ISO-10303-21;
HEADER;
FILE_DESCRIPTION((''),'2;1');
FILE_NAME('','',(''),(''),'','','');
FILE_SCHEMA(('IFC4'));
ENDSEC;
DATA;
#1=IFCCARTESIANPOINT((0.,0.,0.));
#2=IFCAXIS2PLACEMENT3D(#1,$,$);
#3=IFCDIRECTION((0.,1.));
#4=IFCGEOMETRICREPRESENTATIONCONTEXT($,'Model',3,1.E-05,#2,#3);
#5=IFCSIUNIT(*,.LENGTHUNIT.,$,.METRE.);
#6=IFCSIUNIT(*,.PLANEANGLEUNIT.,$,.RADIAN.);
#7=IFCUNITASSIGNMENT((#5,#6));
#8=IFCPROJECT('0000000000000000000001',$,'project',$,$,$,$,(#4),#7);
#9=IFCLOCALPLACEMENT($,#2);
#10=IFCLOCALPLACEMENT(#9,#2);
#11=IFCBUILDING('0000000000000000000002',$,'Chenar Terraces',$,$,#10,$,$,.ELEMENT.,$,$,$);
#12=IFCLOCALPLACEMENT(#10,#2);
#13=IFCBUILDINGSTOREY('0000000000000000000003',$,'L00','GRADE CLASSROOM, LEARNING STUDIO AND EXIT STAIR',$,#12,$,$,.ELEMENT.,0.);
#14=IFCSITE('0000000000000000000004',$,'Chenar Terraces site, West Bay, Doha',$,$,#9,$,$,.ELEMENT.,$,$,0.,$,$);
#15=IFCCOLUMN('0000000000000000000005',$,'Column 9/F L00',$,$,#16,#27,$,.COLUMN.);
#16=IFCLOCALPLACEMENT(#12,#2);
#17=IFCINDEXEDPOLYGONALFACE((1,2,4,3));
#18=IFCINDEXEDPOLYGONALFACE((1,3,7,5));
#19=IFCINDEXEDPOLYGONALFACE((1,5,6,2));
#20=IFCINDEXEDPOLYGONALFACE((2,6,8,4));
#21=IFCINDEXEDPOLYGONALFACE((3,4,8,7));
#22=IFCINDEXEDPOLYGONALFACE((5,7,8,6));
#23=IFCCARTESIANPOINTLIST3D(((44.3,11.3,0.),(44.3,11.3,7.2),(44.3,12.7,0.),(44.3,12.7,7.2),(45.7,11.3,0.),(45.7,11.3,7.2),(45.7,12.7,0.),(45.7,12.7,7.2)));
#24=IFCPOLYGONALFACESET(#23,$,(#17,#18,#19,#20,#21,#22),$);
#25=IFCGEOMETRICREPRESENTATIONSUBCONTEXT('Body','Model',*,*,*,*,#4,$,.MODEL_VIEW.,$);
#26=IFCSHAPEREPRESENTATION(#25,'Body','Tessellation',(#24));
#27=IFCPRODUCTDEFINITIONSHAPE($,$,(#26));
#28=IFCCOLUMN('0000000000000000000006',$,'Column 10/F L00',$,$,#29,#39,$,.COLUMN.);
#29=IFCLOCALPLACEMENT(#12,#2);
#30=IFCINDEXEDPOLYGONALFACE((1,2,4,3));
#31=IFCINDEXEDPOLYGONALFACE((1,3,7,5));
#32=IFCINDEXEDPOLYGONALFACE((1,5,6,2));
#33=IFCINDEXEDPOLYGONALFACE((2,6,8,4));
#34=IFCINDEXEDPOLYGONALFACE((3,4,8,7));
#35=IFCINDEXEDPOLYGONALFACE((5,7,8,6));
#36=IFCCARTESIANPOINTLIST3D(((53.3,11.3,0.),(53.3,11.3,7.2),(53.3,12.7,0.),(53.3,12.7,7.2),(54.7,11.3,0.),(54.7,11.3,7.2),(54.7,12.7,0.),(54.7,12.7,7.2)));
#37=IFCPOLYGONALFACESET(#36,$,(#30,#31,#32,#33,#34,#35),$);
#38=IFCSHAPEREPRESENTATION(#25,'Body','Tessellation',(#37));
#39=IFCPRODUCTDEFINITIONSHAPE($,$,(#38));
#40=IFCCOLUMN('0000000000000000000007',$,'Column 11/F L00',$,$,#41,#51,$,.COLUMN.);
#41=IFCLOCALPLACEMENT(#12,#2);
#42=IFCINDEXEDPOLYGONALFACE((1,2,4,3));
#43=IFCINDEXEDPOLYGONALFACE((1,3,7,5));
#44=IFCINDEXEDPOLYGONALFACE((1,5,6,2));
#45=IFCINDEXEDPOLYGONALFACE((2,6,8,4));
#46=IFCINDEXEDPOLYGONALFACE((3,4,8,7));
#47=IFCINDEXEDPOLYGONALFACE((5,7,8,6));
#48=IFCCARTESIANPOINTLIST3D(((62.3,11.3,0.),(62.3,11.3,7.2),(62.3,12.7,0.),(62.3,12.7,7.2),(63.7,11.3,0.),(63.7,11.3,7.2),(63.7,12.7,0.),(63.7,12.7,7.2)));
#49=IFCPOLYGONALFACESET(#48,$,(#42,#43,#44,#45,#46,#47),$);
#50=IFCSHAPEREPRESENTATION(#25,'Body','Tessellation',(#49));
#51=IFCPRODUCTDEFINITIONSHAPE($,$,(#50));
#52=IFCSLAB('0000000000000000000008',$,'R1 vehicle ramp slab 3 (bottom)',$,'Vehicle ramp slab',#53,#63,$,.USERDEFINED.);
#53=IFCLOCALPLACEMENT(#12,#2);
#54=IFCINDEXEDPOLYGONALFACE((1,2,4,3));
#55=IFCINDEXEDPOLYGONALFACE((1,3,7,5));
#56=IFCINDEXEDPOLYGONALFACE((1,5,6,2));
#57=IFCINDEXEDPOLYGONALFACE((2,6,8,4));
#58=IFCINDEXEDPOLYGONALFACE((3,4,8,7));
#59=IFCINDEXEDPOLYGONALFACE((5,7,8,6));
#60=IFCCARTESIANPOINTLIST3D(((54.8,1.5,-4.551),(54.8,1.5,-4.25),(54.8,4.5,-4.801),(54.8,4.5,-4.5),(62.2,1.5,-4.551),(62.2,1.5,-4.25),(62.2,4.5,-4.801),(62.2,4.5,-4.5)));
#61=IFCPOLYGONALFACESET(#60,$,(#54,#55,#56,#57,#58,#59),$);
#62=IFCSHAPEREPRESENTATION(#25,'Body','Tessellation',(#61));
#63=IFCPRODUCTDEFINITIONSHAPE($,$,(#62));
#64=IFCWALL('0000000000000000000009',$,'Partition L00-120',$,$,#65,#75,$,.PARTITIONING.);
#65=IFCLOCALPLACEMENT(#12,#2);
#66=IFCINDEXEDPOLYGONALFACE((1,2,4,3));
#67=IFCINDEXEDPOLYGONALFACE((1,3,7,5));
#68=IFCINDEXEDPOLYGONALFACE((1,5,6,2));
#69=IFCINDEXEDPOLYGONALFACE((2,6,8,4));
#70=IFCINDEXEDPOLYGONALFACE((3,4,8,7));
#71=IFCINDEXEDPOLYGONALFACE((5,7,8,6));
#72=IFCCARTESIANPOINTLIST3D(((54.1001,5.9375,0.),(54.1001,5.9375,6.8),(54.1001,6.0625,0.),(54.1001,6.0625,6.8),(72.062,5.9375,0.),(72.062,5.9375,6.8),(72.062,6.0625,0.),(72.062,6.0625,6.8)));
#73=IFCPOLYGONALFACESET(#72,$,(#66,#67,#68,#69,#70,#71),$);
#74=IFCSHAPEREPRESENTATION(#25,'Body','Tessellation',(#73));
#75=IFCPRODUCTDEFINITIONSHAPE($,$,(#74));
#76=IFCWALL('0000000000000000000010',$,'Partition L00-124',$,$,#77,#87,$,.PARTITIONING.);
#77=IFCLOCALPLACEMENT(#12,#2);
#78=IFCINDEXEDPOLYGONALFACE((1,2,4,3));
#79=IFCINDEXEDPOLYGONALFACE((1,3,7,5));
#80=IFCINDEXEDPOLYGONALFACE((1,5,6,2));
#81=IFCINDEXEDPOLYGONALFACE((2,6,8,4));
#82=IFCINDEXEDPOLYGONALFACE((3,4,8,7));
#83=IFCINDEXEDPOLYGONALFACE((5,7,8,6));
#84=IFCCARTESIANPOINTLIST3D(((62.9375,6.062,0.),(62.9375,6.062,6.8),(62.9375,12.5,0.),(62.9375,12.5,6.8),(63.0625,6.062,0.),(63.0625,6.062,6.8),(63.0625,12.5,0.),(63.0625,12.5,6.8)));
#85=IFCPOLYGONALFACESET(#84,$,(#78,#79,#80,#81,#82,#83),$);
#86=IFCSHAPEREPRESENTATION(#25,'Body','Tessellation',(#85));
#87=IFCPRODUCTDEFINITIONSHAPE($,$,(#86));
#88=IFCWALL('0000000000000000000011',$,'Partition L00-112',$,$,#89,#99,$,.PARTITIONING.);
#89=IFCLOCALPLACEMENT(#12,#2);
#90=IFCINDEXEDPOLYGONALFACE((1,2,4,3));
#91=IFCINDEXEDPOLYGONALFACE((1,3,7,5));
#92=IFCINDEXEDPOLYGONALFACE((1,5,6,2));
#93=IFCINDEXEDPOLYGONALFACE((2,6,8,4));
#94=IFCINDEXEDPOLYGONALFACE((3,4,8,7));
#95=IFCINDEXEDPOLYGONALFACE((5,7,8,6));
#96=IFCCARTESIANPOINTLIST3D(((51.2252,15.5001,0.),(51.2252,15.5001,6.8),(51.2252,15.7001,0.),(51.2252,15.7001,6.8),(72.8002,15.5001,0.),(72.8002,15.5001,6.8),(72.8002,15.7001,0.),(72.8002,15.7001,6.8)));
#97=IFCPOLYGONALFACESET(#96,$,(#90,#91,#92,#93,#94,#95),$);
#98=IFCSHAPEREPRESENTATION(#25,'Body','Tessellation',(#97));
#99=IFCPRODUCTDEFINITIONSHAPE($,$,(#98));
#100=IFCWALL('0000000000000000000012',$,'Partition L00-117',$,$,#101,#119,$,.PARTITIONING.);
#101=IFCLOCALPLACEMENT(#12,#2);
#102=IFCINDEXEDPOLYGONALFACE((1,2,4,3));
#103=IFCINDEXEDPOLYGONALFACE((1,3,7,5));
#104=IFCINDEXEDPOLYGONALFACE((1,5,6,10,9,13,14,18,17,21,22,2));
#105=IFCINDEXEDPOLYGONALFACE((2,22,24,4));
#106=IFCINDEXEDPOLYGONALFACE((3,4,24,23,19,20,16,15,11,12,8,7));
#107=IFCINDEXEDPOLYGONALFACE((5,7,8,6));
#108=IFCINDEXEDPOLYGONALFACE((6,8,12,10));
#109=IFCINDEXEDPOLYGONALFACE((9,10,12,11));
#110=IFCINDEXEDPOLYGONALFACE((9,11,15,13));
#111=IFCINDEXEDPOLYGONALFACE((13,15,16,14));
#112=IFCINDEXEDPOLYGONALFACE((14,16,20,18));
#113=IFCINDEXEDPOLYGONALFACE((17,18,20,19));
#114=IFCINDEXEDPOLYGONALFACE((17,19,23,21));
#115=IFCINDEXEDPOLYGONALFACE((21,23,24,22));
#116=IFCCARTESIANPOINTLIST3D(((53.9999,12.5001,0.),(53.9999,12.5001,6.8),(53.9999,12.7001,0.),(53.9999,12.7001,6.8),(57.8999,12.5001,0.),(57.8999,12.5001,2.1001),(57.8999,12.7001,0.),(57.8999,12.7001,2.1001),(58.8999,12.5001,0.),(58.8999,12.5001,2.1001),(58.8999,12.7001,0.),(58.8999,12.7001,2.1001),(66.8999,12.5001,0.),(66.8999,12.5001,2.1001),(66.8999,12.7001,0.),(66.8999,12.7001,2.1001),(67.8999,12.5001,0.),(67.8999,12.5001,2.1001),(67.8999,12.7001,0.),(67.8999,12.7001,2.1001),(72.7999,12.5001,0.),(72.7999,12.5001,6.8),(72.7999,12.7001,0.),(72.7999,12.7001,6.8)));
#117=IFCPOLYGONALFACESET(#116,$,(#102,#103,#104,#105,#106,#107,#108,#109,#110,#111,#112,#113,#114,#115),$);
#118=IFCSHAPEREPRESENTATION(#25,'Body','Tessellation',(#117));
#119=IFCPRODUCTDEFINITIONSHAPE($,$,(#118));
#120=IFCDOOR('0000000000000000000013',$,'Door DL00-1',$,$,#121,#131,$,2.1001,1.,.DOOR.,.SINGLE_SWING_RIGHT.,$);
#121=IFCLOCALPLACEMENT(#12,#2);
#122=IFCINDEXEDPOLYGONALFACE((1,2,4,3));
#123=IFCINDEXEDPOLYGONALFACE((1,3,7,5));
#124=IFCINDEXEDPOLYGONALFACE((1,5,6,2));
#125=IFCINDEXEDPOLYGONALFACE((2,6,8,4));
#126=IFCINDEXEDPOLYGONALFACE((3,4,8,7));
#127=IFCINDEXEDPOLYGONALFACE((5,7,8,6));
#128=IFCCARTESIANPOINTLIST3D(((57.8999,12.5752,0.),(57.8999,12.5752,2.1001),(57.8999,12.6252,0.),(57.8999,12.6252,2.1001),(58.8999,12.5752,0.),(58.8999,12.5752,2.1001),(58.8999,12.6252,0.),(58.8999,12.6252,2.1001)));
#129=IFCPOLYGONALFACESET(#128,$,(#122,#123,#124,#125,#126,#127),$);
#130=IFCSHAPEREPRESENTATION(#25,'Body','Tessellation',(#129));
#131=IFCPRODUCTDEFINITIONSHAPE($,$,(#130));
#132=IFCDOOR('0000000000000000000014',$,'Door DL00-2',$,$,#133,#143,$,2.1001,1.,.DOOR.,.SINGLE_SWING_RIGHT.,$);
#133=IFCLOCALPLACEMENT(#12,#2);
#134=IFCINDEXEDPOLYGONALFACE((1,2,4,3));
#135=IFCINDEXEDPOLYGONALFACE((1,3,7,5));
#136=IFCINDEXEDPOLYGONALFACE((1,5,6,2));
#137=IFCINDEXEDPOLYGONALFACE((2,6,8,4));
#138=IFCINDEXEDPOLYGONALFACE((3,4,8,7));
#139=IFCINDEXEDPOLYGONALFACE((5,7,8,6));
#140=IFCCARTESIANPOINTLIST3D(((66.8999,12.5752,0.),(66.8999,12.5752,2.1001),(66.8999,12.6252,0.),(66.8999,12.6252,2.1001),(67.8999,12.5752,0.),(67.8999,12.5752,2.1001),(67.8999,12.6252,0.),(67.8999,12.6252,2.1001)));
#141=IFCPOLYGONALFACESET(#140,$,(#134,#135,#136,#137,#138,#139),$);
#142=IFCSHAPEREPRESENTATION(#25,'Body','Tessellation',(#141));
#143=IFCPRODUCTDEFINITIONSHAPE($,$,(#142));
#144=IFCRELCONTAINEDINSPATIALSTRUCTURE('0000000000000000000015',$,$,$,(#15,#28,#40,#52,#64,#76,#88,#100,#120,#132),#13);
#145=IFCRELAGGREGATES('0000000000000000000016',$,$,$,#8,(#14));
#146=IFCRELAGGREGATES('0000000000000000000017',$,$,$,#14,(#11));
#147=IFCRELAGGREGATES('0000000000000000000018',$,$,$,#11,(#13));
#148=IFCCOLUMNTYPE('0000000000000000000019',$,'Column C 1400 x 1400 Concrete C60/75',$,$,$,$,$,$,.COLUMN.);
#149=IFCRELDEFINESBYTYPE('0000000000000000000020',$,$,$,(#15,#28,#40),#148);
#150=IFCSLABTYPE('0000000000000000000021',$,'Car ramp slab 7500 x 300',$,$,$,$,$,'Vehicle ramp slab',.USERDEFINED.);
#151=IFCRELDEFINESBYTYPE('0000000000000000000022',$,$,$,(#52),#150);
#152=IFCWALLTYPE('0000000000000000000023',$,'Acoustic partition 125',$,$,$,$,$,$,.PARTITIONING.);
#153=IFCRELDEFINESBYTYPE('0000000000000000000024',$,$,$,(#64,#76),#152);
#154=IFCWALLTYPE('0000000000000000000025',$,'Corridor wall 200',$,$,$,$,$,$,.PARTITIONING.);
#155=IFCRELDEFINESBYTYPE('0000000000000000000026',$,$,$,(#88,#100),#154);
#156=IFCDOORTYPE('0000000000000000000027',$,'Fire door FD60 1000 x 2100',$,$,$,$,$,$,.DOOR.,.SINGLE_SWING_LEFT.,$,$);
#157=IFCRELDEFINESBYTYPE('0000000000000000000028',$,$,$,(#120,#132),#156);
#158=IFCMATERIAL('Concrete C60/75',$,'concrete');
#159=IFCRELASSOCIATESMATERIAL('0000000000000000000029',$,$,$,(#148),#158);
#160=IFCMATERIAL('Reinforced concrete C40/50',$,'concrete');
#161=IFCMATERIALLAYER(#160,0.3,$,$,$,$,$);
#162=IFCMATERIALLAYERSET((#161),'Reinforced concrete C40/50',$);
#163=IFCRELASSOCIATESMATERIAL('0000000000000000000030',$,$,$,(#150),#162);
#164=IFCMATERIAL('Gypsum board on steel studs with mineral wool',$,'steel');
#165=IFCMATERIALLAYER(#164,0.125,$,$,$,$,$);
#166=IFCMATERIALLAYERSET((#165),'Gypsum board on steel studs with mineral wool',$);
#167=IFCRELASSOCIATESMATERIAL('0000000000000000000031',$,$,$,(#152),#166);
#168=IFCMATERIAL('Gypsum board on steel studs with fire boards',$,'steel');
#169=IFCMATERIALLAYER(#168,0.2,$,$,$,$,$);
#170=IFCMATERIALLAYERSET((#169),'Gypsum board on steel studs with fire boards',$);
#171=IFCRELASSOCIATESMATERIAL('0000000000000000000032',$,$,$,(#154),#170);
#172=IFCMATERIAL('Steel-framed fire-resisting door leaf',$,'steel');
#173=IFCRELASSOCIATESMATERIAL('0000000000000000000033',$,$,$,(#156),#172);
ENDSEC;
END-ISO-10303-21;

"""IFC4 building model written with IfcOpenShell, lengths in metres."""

from ifc_helpers import new_model, si_unit, direction, frame, frame_2d, origin, origin_2d, place, context, subcontext, project, spatial, polyline, rectangle, outline, extrude, material, layer, layer_set, material_profile, profile_set, type_object, element, fill, save


model = new_model("IFC4")

# Units and contexts
model_context = context("Model", 3, precision=1e-05, world=origin(), true_north=direction((0.0, 1.0)))
body_context = subcontext(model_context, "Body", "Model", "MODEL_VIEW")
ifc_project = project(units=[si_unit("LENGTHUNIT", "METRE"), si_unit("PLANEANGLEUNIT", "RADIAN")], contexts=[model_context])

# Site, building, storey
site_placement = place(None, origin())
site = spatial("IfcSite", under=ifc_project, at=site_placement, Name="Chenar Terraces site, West Bay, Doha", CompositionType="ELEMENT", RefElevation=0.0)
building_placement = place(site_placement, origin())
building = spatial("IfcBuilding", under=site, at=building_placement, Name="Chenar Terraces", CompositionType="ELEMENT")
storey_placement = place(building_placement, origin())
storey = spatial("IfcBuildingStorey", under=building, at=storey_placement, Name="L00", Description="GRADE CLASSROOM, LEARNING STUDIO AND EXIT STAIR", CompositionType="ELEMENT", Elevation=0.0)

# Columns
ifc_material_1 = material(Name="Concrete C60/75", Category="concrete")
ifc_material_profile = material_profile(ifc_material_1, rectangle(XDim=1.3999, YDim=1.3999, at=origin_2d()), Name="C 1400 x 1400")
ifc_profile_set = profile_set([ifc_material_profile], Name="Concrete C60/75")
column_type = type_object("IfcColumnType", Name="Column C 1400 x 1400 Concrete C60/75", PredefinedType="COLUMN", material=ifc_profile_set)
for number, where, z_axis, x_axis, name in (
    (1, (45.0, 12.0, 0.0), (0.0, 0.0, 1.0), (1.0, 0.0, 0.0), "Column 9/F L00"),
    (2, (54.0, 12.0, 0.0), (0.0, 0.0, 1.0), (1.0, 0.0, 0.0), "Column 10/F L00"),
    (3, (63.0, 12.0, 0.0), (0.0, 0.0, 1.0), (1.0, 0.0, 0.0), "Column 11/F L00"),
):
    element("IfcColumn", number, at=place(storey_placement, frame(where, z_axis=z_axis, x_axis=x_axis)), inside=storey, type_object=column_type, Name=name, PredefinedType="COLUMN", context=body_context, shape_type="SweptSolid", body=[
        extrude(rectangle(XDim=1.3999, YDim=1.3999, at=origin_2d()), origin(), (0.0, 0.0, 1.0), 7.2),
    ])

# Slab
ifc_material_2 = material(Name="Reinforced concrete C40/50", Category="concrete")
ifc_layer_1 = layer(ifc_material_2, 0.3)
ifc_layer_set_1 = layer_set([ifc_layer_1], Name="Reinforced concrete C40/50")
slab_type = type_object("IfcSlabType", Name="Car ramp slab 7500 x 300", ElementType="Vehicle ramp slab", PredefinedType="USERDEFINED", material=ifc_layer_set_1)
slab_placement = place(storey_placement, frame((54.8, 1.5, -4.25), z_axis=(0.0, 0.083045, 0.996546), x_axis=(0.0, 0.996546, -0.083045)))
element("IfcSlab", 4, at=slab_placement, inside=storey, type_object=slab_type, Name="R1 vehicle ramp slab 3 (bottom)", ObjectType="Vehicle ramp slab", PredefinedType="USERDEFINED", context=body_context, shape_type="SweptSolid", body=[
    extrude(outline(polyline([(0.0, 0.0), (3.0104, 0.0), (3.0104, -7.3999), (0.0, -7.3999), (0.0, 0.0)])), origin(), (0.083045, 0.0, -0.996546), 0.301),
])

# Walls
ifc_material_3 = material(Name="Gypsum board on steel studs with mineral wool", Category="steel")
ifc_layer_2 = layer(ifc_material_3, 0.125)
ifc_layer_set_2 = layer_set([ifc_layer_2], Name="Gypsum board on steel studs with mineral wool")
wall_type_1 = type_object("IfcWallType", Name="Acoustic partition 125", PredefinedType="PARTITIONING", material=ifc_layer_set_2)
wall_1_placement = place(storey_placement, frame((54.1001, 6.0, 0.0), z_axis=(0.0, 0.0, 1.0), x_axis=(1.0, 0.0, 0.0)))
element("IfcWall", 5, at=wall_1_placement, inside=storey, type_object=wall_type_1, Name="Partition L00-120", PredefinedType="PARTITIONING", context=body_context, shape_type="SweptSolid", body=[
    extrude(rectangle(XDim=17.9619, YDim=0.125, at=frame_2d((8.981, 0.0))), origin(), (0.0, 0.0, 1.0), 6.8),
])
wall_2_placement = place(storey_placement, frame((63.0, 6.062, 0.0), z_axis=(0.0, 0.0, 1.0), x_axis=(0.0, 1.0, 0.0)))
element("IfcWall", 6, at=wall_2_placement, inside=storey, type_object=wall_type_1, Name="Partition L00-124", PredefinedType="PARTITIONING", context=body_context, shape_type="SweptSolid", body=[
    extrude(rectangle(XDim=6.438, YDim=0.125, at=frame_2d((3.219, 0.0))), origin(), (0.0, 0.0, 1.0), 6.8),
])
ifc_material_4 = material(Name="Gypsum board on steel studs with fire boards", Category="steel")
ifc_layer_3 = layer(ifc_material_4, 0.2)
ifc_layer_set_3 = layer_set([ifc_layer_3], Name="Gypsum board on steel studs with fire boards")
wall_type_2 = type_object("IfcWallType", Name="Corridor wall 200", PredefinedType="PARTITIONING", material=ifc_layer_set_3)
wall_3_placement = place(storey_placement, frame((51.2251, 15.6001, 0.0), z_axis=(0.0, 0.0, 1.0), x_axis=(1.0, 0.0, 0.0)))
element("IfcWall", 7, at=wall_3_placement, inside=storey, type_object=wall_type_2, Name="Partition L00-112", PredefinedType="PARTITIONING", context=body_context, shape_type="SweptSolid", body=[
    extrude(rectangle(XDim=21.575, YDim=0.2, at=frame_2d((10.7876, 0.0))), origin(), (0.0, 0.0, 1.0), 6.8),
])

# Wall, openings, doors
wall_4_placement = place(storey_placement, frame((54.0, 12.6001, 0.0), z_axis=(0.0, 0.0, 1.0), x_axis=(1.0, 0.0, 0.0)))
wall_4 = element("IfcWall", 8, at=wall_4_placement, inside=storey, type_object=wall_type_2, Name="Partition L00-117", PredefinedType="PARTITIONING", context=body_context, shape_type="SweptSolid", body=[
    extrude(rectangle(XDim=18.8, YDim=0.2, at=frame_2d((9.3999, 0.0))), origin(), (0.0, 0.0, 1.0), 6.8),
])
opening_1_placement = place(wall_4_placement, frame((3.8999, 0.0, 0.0)))
opening_1 = element("IfcOpeningElement", 9, at=opening_1_placement, cuts=wall_4, PredefinedType="OPENING", context=body_context, shape_type="SweptSolid", body=[
    extrude(rectangle(XDim=1.0, YDim=2.1001, at=frame_2d((0.5, 1.05))), frame((0.0, 0.1099, 0.0), z_axis=(0.0, -1.0, 0.0), x_axis=(1.0, 0.0, 0.0)), (0.0, 0.0, 1.0), 0.22),
])
opening_2_placement = place(wall_4_placement, frame((12.8999, 0.0, 0.0)))
opening_2 = element("IfcOpeningElement", 10, at=opening_2_placement, cuts=wall_4, PredefinedType="OPENING", context=body_context, shape_type="SweptSolid", body=[
    extrude(rectangle(XDim=1.0, YDim=2.1001, at=frame_2d((0.5, 1.05))), frame((0.0, 0.1099, 0.0), z_axis=(0.0, -1.0, 0.0), x_axis=(1.0, 0.0, 0.0)), (0.0, 0.0, 1.0), 0.22),
])
ifc_material_5 = material(Name="Steel-framed fire-resisting door leaf", Category="steel")
door_type_1 = type_object("IfcDoorType", Name="Fire door FD60 1000 x 2100", OperationType="SINGLE_SWING_LEFT", PredefinedType="DOOR", material=ifc_material_5)
door_1_placement = place(opening_1_placement, frame((1.0, 0.0, 0.0), z_axis=(0.0, 0.0, 1.0), x_axis=(-1.0, 0.0, 0.0)))
door_1 = element("IfcDoor", 11, at=door_1_placement, inside=storey, type_object=door_type_1, Name="Door DL00-1", OperationType="SINGLE_SWING_RIGHT", OverallHeight=2.1001, OverallWidth=1.0, PredefinedType="DOOR", context=body_context, shape_type="SweptSolid", body=[
    extrude(rectangle(XDim=1.0, YDim=2.1001, at=frame_2d((0.5, 1.05))), frame((0.0, 0.0249, 0.0), z_axis=(0.0, -1.0, 0.0), x_axis=(1.0, 0.0, 0.0)), (0.0, 0.0, 1.0), 0.05),
])
fill(opening_1, door_1)
door_2_placement = place(opening_2_placement, frame((1.0, 0.0, 0.0), z_axis=(0.0, 0.0, 1.0), x_axis=(-1.0, 0.0, 0.0)))
door_2 = element("IfcDoor", 12, at=door_2_placement, inside=storey, type_object=door_type_1, Name="Door DL00-2", OperationType="SINGLE_SWING_RIGHT", OverallHeight=2.1001, OverallWidth=1.0, PredefinedType="DOOR", context=body_context, shape_type="SweptSolid", body=[
    extrude(rectangle(XDim=1.0, YDim=2.1001, at=frame_2d((0.5, 1.05))), frame((0.0, 0.0249, 0.0), z_axis=(0.0, -1.0, 0.0), x_axis=(1.0, 0.0, 0.0)), (0.0, 0.0, 1.0), 0.05),
])
fill(opening_2, door_2)

save(model, "model.ifc")
